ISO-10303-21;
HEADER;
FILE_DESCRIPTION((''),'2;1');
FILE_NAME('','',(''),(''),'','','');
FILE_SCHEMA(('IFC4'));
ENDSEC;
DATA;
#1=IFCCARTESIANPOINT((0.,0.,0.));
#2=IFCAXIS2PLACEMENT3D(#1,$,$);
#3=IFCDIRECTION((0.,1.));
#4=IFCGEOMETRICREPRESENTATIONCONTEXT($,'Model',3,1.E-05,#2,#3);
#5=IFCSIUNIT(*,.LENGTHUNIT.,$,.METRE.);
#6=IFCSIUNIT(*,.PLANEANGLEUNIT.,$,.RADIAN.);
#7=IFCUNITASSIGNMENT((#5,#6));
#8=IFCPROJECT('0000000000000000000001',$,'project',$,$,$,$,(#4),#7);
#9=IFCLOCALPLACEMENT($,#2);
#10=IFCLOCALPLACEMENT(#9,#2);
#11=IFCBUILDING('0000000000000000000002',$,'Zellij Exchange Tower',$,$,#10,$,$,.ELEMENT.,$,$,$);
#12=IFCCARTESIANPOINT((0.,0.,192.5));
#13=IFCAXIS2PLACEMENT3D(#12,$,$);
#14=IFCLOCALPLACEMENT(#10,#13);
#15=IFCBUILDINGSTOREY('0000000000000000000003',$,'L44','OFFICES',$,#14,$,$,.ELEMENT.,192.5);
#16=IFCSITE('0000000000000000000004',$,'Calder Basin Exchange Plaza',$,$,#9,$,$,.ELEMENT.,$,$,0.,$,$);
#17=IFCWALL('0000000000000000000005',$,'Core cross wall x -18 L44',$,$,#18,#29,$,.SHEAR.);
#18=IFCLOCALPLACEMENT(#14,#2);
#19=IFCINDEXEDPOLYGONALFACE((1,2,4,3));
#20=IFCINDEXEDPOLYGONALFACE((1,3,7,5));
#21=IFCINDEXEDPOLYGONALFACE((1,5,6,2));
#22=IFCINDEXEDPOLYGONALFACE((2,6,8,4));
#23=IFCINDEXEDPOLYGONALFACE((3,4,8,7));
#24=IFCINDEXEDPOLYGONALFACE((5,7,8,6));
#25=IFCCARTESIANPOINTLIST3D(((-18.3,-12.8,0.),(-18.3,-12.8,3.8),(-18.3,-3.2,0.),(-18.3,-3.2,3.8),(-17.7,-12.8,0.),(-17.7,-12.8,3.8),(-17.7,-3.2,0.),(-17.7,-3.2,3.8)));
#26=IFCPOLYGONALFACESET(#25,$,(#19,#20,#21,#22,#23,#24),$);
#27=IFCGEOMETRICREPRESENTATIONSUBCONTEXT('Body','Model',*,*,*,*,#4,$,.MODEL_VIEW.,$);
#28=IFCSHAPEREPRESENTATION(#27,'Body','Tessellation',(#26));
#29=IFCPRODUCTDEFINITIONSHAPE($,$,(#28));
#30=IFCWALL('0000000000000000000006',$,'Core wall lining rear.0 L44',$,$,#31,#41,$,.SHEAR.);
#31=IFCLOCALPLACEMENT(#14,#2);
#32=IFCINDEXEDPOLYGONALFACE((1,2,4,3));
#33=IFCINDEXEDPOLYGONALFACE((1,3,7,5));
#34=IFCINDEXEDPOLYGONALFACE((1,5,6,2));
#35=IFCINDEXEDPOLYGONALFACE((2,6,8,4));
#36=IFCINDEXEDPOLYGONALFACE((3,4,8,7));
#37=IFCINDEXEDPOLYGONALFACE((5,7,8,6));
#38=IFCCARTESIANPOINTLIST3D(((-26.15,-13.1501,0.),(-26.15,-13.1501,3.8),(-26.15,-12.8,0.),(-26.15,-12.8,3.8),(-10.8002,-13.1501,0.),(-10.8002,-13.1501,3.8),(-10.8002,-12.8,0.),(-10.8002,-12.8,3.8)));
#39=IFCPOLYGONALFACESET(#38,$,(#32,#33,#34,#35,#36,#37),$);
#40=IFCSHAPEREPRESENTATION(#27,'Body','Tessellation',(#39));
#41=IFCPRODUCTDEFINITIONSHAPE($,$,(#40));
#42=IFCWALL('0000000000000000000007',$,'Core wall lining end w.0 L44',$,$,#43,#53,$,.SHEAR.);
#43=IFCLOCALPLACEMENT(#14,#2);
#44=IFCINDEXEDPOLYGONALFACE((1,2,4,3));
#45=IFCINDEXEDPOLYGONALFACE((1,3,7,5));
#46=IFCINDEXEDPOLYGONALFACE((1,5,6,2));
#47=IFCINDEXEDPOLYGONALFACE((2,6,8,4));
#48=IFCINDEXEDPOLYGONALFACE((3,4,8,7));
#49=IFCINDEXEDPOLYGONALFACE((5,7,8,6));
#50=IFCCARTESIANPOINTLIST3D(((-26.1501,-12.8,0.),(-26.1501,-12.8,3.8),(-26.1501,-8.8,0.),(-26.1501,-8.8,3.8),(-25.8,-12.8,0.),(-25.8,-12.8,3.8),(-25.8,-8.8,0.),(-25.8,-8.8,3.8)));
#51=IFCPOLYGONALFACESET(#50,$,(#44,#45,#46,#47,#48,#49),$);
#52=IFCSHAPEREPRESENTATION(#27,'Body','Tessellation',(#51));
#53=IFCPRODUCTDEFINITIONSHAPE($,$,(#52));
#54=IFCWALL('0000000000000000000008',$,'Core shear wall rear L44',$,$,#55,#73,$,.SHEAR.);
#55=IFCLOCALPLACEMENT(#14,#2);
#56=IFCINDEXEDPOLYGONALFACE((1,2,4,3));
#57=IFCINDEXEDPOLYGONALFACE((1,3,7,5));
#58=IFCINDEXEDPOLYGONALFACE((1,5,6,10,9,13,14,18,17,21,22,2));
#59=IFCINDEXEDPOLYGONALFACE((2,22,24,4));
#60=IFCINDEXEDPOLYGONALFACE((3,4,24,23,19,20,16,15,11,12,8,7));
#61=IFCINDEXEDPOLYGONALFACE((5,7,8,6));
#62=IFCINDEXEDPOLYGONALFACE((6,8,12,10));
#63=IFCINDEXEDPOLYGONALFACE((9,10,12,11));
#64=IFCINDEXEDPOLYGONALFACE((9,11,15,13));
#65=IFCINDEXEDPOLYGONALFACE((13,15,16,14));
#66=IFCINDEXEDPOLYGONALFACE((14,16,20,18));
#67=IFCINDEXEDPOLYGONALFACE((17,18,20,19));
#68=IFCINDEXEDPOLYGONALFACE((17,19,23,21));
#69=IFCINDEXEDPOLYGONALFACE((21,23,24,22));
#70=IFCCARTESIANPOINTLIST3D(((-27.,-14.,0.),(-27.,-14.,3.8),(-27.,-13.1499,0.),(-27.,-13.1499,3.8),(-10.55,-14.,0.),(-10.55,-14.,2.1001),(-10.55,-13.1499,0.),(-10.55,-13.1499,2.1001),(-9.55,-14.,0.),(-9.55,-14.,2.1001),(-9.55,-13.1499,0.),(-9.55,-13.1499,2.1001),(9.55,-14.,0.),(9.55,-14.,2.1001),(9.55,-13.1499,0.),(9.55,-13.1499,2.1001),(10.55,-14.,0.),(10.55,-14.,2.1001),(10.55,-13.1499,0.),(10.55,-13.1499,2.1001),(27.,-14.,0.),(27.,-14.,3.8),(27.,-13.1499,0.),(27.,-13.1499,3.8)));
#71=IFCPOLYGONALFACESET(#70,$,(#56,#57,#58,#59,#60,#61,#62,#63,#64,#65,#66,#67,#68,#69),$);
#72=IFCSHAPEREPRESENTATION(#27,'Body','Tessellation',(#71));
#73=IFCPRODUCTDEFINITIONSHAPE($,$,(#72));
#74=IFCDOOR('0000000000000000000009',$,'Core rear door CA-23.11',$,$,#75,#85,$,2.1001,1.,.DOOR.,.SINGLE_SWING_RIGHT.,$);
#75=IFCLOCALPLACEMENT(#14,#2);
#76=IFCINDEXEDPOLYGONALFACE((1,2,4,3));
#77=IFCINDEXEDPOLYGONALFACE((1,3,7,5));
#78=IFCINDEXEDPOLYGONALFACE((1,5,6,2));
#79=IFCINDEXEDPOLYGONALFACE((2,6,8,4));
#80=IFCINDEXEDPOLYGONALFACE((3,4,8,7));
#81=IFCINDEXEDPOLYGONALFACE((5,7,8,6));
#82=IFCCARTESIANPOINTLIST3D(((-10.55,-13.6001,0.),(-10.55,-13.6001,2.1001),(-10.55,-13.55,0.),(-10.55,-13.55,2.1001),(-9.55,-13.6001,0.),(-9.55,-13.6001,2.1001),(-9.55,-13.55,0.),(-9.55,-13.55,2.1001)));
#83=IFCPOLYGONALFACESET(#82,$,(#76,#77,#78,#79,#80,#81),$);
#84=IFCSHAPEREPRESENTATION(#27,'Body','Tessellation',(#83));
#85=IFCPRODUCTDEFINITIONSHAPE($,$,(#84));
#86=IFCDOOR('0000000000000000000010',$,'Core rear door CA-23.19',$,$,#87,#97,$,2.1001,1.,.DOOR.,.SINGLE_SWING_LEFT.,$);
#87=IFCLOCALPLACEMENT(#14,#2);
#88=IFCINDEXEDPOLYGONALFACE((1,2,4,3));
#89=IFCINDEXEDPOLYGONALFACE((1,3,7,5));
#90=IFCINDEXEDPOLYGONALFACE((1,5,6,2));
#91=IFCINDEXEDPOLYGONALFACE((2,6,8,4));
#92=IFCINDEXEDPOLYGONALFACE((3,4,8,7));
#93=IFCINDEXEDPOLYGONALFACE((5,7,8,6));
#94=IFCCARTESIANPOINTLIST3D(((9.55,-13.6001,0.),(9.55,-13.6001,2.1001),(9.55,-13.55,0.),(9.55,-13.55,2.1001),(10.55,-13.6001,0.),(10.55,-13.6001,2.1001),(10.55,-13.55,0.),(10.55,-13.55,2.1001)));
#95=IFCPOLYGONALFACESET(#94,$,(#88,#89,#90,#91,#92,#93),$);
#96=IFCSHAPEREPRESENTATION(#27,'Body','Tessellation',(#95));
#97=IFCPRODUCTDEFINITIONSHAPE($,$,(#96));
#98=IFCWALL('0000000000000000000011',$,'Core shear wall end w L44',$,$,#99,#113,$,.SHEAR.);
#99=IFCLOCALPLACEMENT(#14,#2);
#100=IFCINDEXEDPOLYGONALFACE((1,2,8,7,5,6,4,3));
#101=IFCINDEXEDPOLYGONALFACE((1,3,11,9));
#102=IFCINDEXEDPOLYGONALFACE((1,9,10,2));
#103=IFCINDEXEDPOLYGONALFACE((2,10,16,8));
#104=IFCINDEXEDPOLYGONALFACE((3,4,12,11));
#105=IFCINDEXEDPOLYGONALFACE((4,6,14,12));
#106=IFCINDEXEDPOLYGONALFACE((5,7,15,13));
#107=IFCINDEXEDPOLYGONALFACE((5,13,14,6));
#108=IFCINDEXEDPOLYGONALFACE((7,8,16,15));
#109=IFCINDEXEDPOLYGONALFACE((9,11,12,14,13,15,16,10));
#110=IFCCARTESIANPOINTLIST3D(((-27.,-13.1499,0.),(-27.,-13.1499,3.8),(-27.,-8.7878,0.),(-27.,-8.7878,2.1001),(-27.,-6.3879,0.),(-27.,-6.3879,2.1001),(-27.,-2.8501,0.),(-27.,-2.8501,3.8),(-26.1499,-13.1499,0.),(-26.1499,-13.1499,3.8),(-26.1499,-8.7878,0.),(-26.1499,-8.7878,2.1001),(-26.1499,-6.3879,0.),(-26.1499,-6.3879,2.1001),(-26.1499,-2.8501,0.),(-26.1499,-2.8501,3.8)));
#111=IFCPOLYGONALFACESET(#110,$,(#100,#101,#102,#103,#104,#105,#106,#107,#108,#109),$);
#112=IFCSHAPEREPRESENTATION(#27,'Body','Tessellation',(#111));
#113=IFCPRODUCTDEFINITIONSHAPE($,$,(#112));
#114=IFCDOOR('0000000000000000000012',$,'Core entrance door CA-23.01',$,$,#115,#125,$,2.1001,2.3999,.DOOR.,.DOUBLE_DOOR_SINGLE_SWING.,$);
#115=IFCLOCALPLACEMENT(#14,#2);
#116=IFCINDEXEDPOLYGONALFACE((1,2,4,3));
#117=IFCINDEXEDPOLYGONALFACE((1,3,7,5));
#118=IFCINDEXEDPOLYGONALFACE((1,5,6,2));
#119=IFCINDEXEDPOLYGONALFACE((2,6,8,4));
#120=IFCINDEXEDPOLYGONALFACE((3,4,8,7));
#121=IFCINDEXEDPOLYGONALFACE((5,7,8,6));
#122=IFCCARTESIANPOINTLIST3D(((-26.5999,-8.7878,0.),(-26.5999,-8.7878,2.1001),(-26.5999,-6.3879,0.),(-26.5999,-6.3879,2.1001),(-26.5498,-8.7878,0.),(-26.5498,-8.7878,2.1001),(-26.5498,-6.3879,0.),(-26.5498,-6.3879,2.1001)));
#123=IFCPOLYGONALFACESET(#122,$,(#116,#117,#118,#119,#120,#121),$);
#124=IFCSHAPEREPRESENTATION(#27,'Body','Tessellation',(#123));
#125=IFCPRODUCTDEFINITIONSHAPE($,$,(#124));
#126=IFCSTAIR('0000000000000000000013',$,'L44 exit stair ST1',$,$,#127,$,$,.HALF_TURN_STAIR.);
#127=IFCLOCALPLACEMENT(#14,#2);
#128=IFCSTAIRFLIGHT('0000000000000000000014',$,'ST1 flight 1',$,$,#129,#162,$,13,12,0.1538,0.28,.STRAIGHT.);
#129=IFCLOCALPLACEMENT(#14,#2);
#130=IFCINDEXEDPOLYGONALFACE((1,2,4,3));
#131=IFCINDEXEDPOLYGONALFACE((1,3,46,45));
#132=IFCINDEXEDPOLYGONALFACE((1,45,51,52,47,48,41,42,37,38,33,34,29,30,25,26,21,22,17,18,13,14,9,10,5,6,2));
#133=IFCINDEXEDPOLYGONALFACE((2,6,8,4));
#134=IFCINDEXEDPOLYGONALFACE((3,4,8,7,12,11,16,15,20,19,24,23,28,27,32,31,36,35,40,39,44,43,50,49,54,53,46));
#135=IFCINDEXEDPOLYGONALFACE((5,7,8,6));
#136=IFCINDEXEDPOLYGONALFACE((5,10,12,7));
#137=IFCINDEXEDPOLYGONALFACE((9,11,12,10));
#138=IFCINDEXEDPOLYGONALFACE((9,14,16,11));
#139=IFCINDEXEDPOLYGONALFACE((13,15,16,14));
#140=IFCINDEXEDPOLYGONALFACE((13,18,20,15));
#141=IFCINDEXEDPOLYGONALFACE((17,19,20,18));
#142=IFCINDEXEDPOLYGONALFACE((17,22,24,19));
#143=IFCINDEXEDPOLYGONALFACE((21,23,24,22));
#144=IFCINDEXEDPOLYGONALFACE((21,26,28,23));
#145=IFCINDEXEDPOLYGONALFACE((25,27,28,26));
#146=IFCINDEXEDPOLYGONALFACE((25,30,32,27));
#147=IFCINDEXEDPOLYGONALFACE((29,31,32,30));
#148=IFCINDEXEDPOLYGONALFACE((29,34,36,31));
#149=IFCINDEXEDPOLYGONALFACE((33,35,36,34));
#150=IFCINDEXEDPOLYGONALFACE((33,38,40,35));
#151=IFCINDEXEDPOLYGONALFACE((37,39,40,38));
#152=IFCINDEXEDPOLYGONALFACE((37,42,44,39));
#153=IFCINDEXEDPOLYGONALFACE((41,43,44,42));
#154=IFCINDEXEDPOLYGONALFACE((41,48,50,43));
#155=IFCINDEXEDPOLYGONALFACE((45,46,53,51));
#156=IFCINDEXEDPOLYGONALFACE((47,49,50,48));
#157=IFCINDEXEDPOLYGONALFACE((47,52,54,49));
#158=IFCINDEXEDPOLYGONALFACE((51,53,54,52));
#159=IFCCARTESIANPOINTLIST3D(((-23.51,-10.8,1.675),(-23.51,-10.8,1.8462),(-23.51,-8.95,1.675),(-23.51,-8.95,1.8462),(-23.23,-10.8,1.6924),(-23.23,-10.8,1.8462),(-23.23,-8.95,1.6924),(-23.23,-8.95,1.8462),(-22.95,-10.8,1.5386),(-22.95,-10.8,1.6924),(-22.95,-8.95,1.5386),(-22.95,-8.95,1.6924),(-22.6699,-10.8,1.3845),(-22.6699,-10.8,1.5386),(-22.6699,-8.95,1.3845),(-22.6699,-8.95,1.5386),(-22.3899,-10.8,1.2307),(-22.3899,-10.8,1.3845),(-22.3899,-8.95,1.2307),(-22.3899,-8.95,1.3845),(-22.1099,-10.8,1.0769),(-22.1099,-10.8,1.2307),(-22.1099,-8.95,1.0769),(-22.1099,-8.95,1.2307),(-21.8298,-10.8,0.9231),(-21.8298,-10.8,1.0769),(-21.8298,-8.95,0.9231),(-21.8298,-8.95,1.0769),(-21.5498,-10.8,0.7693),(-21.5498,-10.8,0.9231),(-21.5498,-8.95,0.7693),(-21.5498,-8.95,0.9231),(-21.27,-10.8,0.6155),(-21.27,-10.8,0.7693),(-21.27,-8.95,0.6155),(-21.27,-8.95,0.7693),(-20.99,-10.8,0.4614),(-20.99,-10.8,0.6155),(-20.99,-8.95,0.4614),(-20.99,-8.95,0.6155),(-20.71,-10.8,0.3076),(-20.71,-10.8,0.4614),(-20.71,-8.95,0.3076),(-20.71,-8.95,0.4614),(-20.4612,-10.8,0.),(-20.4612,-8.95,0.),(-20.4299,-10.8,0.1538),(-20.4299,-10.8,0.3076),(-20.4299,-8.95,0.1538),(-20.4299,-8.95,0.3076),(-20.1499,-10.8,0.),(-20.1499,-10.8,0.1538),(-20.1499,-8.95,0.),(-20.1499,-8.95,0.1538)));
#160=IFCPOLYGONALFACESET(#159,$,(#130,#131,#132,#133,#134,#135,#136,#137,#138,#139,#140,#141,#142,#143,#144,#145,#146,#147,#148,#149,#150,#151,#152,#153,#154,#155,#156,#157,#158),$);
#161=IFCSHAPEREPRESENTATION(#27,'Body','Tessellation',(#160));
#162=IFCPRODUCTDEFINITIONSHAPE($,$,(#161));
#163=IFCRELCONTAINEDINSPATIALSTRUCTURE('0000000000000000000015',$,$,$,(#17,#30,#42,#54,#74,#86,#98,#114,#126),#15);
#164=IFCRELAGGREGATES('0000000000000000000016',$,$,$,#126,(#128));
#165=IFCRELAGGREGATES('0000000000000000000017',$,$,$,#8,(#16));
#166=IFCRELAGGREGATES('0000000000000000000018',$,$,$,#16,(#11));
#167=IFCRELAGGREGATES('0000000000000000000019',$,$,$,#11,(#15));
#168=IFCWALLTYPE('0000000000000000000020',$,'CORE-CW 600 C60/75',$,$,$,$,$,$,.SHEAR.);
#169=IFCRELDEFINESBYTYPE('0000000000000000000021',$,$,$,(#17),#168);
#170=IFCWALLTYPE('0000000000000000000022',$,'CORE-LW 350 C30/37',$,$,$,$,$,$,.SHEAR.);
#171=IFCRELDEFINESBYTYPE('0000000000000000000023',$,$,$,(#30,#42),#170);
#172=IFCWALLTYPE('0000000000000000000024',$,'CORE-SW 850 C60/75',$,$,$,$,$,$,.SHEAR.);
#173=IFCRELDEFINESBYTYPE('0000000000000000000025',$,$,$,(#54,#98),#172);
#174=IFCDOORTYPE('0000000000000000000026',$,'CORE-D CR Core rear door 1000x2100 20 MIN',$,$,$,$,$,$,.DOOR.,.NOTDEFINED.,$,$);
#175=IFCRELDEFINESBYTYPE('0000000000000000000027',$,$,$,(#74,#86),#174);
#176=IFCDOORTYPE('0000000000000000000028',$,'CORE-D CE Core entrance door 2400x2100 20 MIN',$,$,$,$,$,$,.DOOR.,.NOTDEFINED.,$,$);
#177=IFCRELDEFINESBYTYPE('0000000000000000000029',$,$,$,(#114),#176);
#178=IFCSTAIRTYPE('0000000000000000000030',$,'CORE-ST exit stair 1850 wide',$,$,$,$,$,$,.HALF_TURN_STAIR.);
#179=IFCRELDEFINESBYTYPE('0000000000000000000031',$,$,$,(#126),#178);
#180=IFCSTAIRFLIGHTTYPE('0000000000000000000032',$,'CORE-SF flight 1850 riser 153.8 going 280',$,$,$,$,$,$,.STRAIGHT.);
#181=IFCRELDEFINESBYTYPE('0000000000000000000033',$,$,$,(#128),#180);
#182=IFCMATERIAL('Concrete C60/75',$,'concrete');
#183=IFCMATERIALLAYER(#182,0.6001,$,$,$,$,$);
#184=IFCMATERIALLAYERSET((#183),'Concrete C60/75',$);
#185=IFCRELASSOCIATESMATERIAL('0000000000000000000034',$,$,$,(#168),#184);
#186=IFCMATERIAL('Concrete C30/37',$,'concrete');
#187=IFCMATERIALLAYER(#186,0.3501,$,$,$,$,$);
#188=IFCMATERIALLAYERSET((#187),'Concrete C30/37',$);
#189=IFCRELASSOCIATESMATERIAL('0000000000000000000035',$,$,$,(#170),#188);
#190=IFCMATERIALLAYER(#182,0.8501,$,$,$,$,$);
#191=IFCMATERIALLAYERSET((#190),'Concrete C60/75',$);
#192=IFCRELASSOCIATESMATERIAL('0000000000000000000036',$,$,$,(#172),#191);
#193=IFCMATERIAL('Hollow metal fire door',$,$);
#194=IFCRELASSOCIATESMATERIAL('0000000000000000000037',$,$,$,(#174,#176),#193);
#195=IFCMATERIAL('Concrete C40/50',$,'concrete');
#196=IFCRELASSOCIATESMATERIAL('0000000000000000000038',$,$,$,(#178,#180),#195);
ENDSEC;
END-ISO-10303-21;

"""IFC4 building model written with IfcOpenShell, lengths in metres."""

from ifc_helpers import new_model, si_unit, direction, frame, frame_2d, origin, place, context, subcontext, project, spatial, polyline, rectangle, outline, extrude, material, layer, layer_set, type_object, element, fill, aggregate, save


model = new_model("IFC4")

# Units and contexts
model_context = context("Model", 3, precision=1e-05, world=origin(), true_north=direction((0.0, 1.0)))
body_context = subcontext(model_context, "Body", "Model", "MODEL_VIEW")
ifc_project = project(units=[si_unit("LENGTHUNIT", "METRE"), si_unit("PLANEANGLEUNIT", "RADIAN")], contexts=[model_context])

# Site, building, storey
site_placement = place(None, origin())
site = spatial("IfcSite", under=ifc_project, at=site_placement, Name="Calder Basin Exchange Plaza", CompositionType="ELEMENT", RefElevation=0.0)
building_placement = place(site_placement, origin())
building = spatial("IfcBuilding", under=site, at=building_placement, Name="Zellij Exchange Tower", CompositionType="ELEMENT")
storey_placement = place(building_placement, frame((0.0, 0.0, 192.5)))
storey = spatial("IfcBuildingStorey", under=building, at=storey_placement, Name="L44", Description="OFFICES", CompositionType="ELEMENT", Elevation=192.5)

# Walls
ifc_material_1 = material(Name="Concrete C60/75", Category="concrete")
ifc_layer_1 = layer(ifc_material_1, 0.6001)
ifc_layer_set_1 = layer_set([ifc_layer_1], Name="Concrete C60/75")
wall_type_1 = type_object("IfcWallType", Name="CORE-CW 600 C60/75", PredefinedType="SHEAR", material=ifc_layer_set_1)
wall_1_placement = place(storey_placement, frame((-18.0, -12.8, 0.0), z_axis=(0.0, 0.0, 1.0), x_axis=(0.0, 1.0, 0.0)))
element("IfcWall", 1, at=wall_1_placement, inside=storey, type_object=wall_type_1, Name="Core cross wall x -18 L44", PredefinedType="SHEAR", context=body_context, shape_type="SweptSolid", body=[
    extrude(rectangle(XDim=9.6001, YDim=0.6001, at=frame_2d((4.8, 0.0))), origin(), (0.0, 0.0, 1.0), 3.8),
])
ifc_material_2 = material(Name="Concrete C30/37", Category="concrete")
ifc_layer_2 = layer(ifc_material_2, 0.3501)
ifc_layer_set_2 = layer_set([ifc_layer_2], Name="Concrete C30/37")
wall_type_2 = type_object("IfcWallType", Name="CORE-LW 350 C30/37", PredefinedType="SHEAR", material=ifc_layer_set_2)
wall_2_placement = place(storey_placement, frame((-26.1499, -12.9751, 0.0), z_axis=(0.0, 0.0, 1.0), x_axis=(1.0, 0.0, 0.0)))
element("IfcWall", 2, at=wall_2_placement, inside=storey, type_object=wall_type_2, Name="Core wall lining rear.0 L44", PredefinedType="SHEAR", context=body_context, shape_type="SweptSolid", body=[
    extrude(rectangle(XDim=15.3499, YDim=0.3501, at=frame_2d((7.6748, 0.0))), origin(), (0.0, 0.0, 1.0), 3.8),
])
wall_3_placement = place(storey_placement, frame((-25.9751, -12.8, 0.0), z_axis=(0.0, 0.0, 1.0), x_axis=(0.0, 1.0, 0.0)))
element("IfcWall", 3, at=wall_3_placement, inside=storey, type_object=wall_type_2, Name="Core wall lining end w.0 L44", PredefinedType="SHEAR", context=body_context, shape_type="SweptSolid", body=[
    extrude(rectangle(XDim=4.0, YDim=0.3501, at=frame_2d((2.0, 0.0))), origin(), (0.0, 0.0, 1.0), 3.8),
])

# Wall, openings, doors
ifc_layer_3 = layer(ifc_material_1, 0.8501)
ifc_layer_set_3 = layer_set([ifc_layer_3], Name="Concrete C60/75")
wall_type_3 = type_object("IfcWallType", Name="CORE-SW 850 C60/75", PredefinedType="SHEAR", material=ifc_layer_set_3)
wall_4_placement = place(storey_placement, frame((-27.0, -13.575, 0.0), z_axis=(0.0, 0.0, 1.0), x_axis=(1.0, 0.0, 0.0)))
wall_4 = element("IfcWall", 4, at=wall_4_placement, inside=storey, type_object=wall_type_3, Name="Core shear wall rear L44", PredefinedType="SHEAR", context=body_context, shape_type="SweptSolid", body=[
    extrude(rectangle(XDim=54.0, YDim=0.8501, at=frame_2d((27.0, 0.0))), origin(), (0.0, 0.0, 1.0), 3.8),
])
opening_1_placement = place(wall_4_placement, frame((16.45, 0.0, 0.0)))
opening_1 = element("IfcOpeningElement", 5, at=opening_1_placement, cuts=wall_4, PredefinedType="OPENING", context=body_context, shape_type="SweptSolid", body=[
    extrude(rectangle(XDim=1.0, YDim=2.1001, at=frame_2d((0.5, 1.05))), frame((0.0, 0.437, 0.0), z_axis=(0.0, -1.0, 0.0), x_axis=(1.0, 0.0, 0.0)), (0.0, 0.0, 1.0), 0.874),
])
opening_2_placement = place(wall_4_placement, frame((36.55, 0.0, 0.0)))
opening_2 = element("IfcOpeningElement", 6, at=opening_2_placement, cuts=wall_4, PredefinedType="OPENING", context=body_context, shape_type="SweptSolid", body=[
    extrude(rectangle(XDim=1.0, YDim=2.1001, at=frame_2d((0.5, 1.05))), frame((0.0, 0.437, 0.0), z_axis=(0.0, -1.0, 0.0), x_axis=(1.0, 0.0, 0.0)), (0.0, 0.0, 1.0), 0.874),
])
ifc_material_3 = material(Name="Hollow metal fire door")
door_type_1 = type_object("IfcDoorType", Name="CORE-D CR Core rear door 1000x2100 20 MIN", OperationType="NOTDEFINED", PredefinedType="DOOR", material=ifc_material_3)
door_1_placement = place(opening_1_placement, origin())
door_1 = element("IfcDoor", 7, at=door_1_placement, inside=storey, type_object=door_type_1, Name="Core rear door CA-23.11", OperationType="SINGLE_SWING_RIGHT", OverallHeight=2.1001, OverallWidth=1.0, PredefinedType="DOOR", context=body_context, shape_type="SweptSolid", body=[
    extrude(rectangle(XDim=1.0, YDim=2.1001, at=frame_2d((0.5, 1.05))), frame((0.0, 0.0249, 0.0), z_axis=(0.0, -1.0, 0.0), x_axis=(1.0, 0.0, 0.0)), (0.0, 0.0, 1.0), 0.05),
])
fill(opening_1, door_1)
door_2_placement = place(opening_2_placement, origin())
door_2 = element("IfcDoor", 8, at=door_2_placement, inside=storey, type_object=door_type_1, Name="Core rear door CA-23.19", OperationType="SINGLE_SWING_LEFT", OverallHeight=2.1001, OverallWidth=1.0, PredefinedType="DOOR", context=body_context, shape_type="SweptSolid", body=[
    extrude(rectangle(XDim=1.0, YDim=2.1001, at=frame_2d((0.5, 1.05))), frame((0.0, 0.0249, 0.0), z_axis=(0.0, -1.0, 0.0), x_axis=(1.0, 0.0, 0.0)), (0.0, 0.0, 1.0), 0.05),
])
fill(opening_2, door_2)

# Wall, opening, door
wall_5_placement = place(storey_placement, frame((-26.575, -13.1499, 0.0), z_axis=(0.0, 0.0, 1.0), x_axis=(0.0, 1.0, 0.0)))
wall_5 = element("IfcWall", 9, at=wall_5_placement, inside=storey, type_object=wall_type_3, Name="Core shear wall end w L44", PredefinedType="SHEAR", context=body_context, shape_type="SweptSolid", body=[
    extrude(rectangle(XDim=10.2998, YDim=0.8501, at=frame_2d((5.1499, 0.0))), origin(), (0.0, 0.0, 1.0), 3.8),
])
opening_3_placement = place(wall_5_placement, frame((4.3621, 0.0, 0.0)))
opening_3 = element("IfcOpeningElement", 10, at=opening_3_placement, cuts=wall_5, PredefinedType="OPENING", context=body_context, shape_type="SweptSolid", body=[
    extrude(rectangle(XDim=2.3999, YDim=2.1001, at=frame_2d((1.2, 1.05))), frame((0.0, 0.437, 0.0), z_axis=(0.0, -1.0, 0.0), x_axis=(1.0, 0.0, 0.0)), (0.0, 0.0, 1.0), 0.874),
])
door_type_2 = type_object("IfcDoorType", Name="CORE-D CE Core entrance door 2400x2100 20 MIN", OperationType="NOTDEFINED", PredefinedType="DOOR", material=ifc_material_3)
door_3_placement = place(opening_3_placement, origin())
door_3 = element("IfcDoor", 11, at=door_3_placement, inside=storey, type_object=door_type_2, Name="Core entrance door CA-23.01", OperationType="DOUBLE_DOOR_SINGLE_SWING", OverallHeight=2.1001, OverallWidth=2.3999, PredefinedType="DOOR", context=body_context, shape_type="SweptSolid", body=[
    extrude(rectangle(XDim=2.3999, YDim=2.1001, at=frame_2d((1.2, 1.05))), frame((0.0, 0.0249, 0.0), z_axis=(0.0, -1.0, 0.0), x_axis=(1.0, 0.0, 0.0)), (0.0, 0.0, 1.0), 0.05),
])
fill(opening_3, door_3)

# Stair, stair flight
ifc_material_4 = material(Name="Concrete C40/50", Category="concrete")
stair_type = type_object("IfcStairType", Name="CORE-ST exit stair 1850 wide", PredefinedType="HALF_TURN_STAIR", material=ifc_material_4)
stair_placement = place(storey_placement, origin())
stair = element("IfcStair", 12, at=stair_placement, inside=storey, type_object=stair_type, Name="L44 exit stair ST1", PredefinedType="HALF_TURN_STAIR")
stair_flight_type = type_object("IfcStairFlightType", Name="CORE-SF flight 1850 riser 153.8 going 280", PredefinedType="STRAIGHT", material=ifc_material_4)
stair_flight_1_placement = place(storey_placement, frame((-20.1499, -9.875, 0.0), z_axis=(0.0, 0.0, 1.0), x_axis=(-1.0, 0.0, 0.0)))
stair_flight_1 = element("IfcStairFlight", 13, at=stair_flight_1_placement, type_object=stair_flight_type, Name="ST1 flight 1", NumberOfRisers=13, NumberOfTreads=12, PredefinedType="STRAIGHT", RiserHeight=0.1538, TreadLength=0.28, context=body_context, shape_type="SweptSolid", body=[
    extrude(outline(polyline([(0.0, 0.0), (0.0, 0.1538), (0.28, 0.1538), (0.28, 0.3076), (0.5601, 0.3076), (0.5601, 0.4614), (0.8401, 0.4614), (0.8401, 0.6155), (1.1201, 0.6155), (1.1201, 0.7693), (1.3999, 0.7693), (1.3999, 0.9231), (1.6799, 0.9231), (1.6799, 1.0769), (1.96, 1.0769), (1.96, 1.2307), (2.24, 1.2307), (2.24, 1.3845), (2.52, 1.3845), (2.52, 1.5386), (2.8, 1.5386), (2.8, 1.6924), (3.0801, 1.6924), (3.0801, 1.8462), (3.3601, 1.8462), (3.3601, 2.0), (3.3601, 1.675), (0.3113, 0.0), (0.0, 0.0)])), frame((0.0, 0.925, 0.0), z_axis=(0.0, -1.0, 0.0), x_axis=(1.0, 0.0, 0.0)), (0.0, 0.0, 1.0), 1.8501),
])
aggregate(stair, [stair_flight_1])

save(model, "model.ifc")
